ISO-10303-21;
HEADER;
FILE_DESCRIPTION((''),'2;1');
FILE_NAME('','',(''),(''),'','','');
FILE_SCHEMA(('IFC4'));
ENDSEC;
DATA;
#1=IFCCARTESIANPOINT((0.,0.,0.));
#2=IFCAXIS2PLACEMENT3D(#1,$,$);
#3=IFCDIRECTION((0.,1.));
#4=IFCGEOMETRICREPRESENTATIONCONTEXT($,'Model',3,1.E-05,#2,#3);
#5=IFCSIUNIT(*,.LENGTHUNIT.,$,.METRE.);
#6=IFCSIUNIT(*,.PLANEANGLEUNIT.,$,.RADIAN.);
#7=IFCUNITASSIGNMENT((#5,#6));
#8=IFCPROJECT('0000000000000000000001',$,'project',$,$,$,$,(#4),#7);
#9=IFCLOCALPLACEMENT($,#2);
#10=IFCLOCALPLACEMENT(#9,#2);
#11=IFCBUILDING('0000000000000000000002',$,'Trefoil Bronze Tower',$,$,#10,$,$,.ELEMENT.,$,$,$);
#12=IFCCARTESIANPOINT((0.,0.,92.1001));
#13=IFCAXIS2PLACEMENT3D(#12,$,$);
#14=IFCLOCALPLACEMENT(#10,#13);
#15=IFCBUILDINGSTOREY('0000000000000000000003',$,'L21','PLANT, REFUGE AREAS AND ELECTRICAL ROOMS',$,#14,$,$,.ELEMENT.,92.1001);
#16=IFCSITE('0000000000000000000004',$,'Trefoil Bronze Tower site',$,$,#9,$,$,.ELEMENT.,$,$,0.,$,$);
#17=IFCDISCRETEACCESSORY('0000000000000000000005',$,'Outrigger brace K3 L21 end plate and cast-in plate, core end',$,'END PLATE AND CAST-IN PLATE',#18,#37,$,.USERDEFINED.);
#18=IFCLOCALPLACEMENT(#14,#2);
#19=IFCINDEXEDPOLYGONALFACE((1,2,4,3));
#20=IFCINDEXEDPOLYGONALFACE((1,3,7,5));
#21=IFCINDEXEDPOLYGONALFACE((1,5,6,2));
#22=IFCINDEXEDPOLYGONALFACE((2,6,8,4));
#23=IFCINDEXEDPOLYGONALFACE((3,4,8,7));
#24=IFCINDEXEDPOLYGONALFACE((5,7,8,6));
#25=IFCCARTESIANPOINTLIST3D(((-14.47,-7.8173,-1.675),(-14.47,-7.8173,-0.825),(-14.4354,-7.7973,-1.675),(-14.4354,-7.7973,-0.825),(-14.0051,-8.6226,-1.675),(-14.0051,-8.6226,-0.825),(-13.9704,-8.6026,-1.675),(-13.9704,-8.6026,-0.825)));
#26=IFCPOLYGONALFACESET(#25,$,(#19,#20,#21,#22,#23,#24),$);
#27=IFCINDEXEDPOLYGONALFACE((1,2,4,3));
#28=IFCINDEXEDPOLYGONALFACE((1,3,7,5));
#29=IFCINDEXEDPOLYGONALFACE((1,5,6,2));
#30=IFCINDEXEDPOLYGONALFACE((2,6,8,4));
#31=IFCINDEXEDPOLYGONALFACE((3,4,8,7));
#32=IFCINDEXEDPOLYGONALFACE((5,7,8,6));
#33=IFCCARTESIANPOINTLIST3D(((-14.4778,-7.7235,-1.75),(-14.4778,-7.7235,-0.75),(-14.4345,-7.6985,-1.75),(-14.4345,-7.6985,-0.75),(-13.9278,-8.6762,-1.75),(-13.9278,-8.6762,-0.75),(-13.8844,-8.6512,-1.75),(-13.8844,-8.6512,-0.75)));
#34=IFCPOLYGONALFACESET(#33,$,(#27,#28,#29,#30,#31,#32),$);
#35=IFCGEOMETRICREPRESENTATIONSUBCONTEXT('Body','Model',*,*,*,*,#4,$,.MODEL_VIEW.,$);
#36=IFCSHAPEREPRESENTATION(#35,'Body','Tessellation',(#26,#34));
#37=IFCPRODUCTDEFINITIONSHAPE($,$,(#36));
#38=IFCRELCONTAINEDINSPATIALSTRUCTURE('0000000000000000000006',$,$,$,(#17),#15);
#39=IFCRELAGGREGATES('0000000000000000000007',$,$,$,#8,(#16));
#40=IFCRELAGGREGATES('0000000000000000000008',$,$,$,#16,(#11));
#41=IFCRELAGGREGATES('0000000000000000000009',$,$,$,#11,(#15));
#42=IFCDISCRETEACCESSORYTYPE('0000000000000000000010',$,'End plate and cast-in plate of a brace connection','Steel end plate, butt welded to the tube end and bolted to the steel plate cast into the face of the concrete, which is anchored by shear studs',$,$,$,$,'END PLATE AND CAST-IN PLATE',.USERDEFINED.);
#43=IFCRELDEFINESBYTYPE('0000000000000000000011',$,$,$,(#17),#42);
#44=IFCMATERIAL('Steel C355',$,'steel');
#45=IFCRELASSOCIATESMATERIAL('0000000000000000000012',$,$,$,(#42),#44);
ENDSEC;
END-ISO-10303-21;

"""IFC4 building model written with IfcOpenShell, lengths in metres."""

from ifc_helpers import new_model, si_unit, direction, frame, origin, origin_2d, place, context, subcontext, project, spatial, rectangle, extrude, material, type_object, element, save


model = new_model("IFC4")

# Units and contexts
model_context = context("Model", 3, precision=1e-05, world=origin(), true_north=direction((0.0, 1.0)))
body_context = subcontext(model_context, "Body", "Model", "MODEL_VIEW")
ifc_project = project(units=[si_unit("LENGTHUNIT", "METRE"), si_unit("PLANEANGLEUNIT", "RADIAN")], contexts=[model_context])

# Site, building, storey
site_placement = place(None, origin())
site = spatial("IfcSite", under=ifc_project, at=site_placement, Name="Trefoil Bronze Tower site", CompositionType="ELEMENT", RefElevation=0.0)
building_placement = place(site_placement, origin())
building = spatial("IfcBuilding", under=site, at=building_placement, Name="Trefoil Bronze Tower", CompositionType="ELEMENT")
storey_placement = place(building_placement, frame((0.0, 0.0, 92.1001)))
storey = spatial("IfcBuildingStorey", under=building, at=storey_placement, Name="L21", Description="PLANT, REFUGE AREAS AND ELECTRICAL ROOMS", CompositionType="ELEMENT", Elevation=92.1001)

# Discrete accessory
ifc_material_1 = material(Name="Steel C355", Category="steel")
discrete_accessory_type = type_object("IfcDiscreteAccessoryType", Name="End plate and cast-in plate of a brace connection", Description="Steel end plate, butt welded to the tube end and bolted to the steel plate cast into the face of the concrete, which is anchored by shear studs", ElementType="END PLATE AND CAST-IN PLATE", PredefinedType="USERDEFINED", material=ifc_material_1)
discrete_accessory_1_placement = place(storey_placement, frame((-14.2029, -8.2, -1.25), z_axis=(0.0, 0.0, 1.0), x_axis=(-0.866025, -0.5, 0.0)))
element("IfcDiscreteAccessory", 1, at=discrete_accessory_1_placement, inside=storey, type_object=discrete_accessory_type, Name="Outrigger brace K3 L21 end plate and cast-in plate, core end", ObjectType="END PLATE AND CAST-IN PLATE", PredefinedType="USERDEFINED", context=body_context, shape_type="SweptSolid", body=[
    extrude(rectangle(XDim=0.04, YDim=0.9299, at=origin_2d()), frame((0.02, 0.0, -0.425)), (0.0, 0.0, 1.0), 0.8501),
    extrude(rectangle(XDim=0.05, YDim=1.1001, at=origin_2d()), frame((-0.0251, 0.0, -0.5)), (0.0, 0.0, 1.0), 1.0),
])

save(model, "model.ifc")
